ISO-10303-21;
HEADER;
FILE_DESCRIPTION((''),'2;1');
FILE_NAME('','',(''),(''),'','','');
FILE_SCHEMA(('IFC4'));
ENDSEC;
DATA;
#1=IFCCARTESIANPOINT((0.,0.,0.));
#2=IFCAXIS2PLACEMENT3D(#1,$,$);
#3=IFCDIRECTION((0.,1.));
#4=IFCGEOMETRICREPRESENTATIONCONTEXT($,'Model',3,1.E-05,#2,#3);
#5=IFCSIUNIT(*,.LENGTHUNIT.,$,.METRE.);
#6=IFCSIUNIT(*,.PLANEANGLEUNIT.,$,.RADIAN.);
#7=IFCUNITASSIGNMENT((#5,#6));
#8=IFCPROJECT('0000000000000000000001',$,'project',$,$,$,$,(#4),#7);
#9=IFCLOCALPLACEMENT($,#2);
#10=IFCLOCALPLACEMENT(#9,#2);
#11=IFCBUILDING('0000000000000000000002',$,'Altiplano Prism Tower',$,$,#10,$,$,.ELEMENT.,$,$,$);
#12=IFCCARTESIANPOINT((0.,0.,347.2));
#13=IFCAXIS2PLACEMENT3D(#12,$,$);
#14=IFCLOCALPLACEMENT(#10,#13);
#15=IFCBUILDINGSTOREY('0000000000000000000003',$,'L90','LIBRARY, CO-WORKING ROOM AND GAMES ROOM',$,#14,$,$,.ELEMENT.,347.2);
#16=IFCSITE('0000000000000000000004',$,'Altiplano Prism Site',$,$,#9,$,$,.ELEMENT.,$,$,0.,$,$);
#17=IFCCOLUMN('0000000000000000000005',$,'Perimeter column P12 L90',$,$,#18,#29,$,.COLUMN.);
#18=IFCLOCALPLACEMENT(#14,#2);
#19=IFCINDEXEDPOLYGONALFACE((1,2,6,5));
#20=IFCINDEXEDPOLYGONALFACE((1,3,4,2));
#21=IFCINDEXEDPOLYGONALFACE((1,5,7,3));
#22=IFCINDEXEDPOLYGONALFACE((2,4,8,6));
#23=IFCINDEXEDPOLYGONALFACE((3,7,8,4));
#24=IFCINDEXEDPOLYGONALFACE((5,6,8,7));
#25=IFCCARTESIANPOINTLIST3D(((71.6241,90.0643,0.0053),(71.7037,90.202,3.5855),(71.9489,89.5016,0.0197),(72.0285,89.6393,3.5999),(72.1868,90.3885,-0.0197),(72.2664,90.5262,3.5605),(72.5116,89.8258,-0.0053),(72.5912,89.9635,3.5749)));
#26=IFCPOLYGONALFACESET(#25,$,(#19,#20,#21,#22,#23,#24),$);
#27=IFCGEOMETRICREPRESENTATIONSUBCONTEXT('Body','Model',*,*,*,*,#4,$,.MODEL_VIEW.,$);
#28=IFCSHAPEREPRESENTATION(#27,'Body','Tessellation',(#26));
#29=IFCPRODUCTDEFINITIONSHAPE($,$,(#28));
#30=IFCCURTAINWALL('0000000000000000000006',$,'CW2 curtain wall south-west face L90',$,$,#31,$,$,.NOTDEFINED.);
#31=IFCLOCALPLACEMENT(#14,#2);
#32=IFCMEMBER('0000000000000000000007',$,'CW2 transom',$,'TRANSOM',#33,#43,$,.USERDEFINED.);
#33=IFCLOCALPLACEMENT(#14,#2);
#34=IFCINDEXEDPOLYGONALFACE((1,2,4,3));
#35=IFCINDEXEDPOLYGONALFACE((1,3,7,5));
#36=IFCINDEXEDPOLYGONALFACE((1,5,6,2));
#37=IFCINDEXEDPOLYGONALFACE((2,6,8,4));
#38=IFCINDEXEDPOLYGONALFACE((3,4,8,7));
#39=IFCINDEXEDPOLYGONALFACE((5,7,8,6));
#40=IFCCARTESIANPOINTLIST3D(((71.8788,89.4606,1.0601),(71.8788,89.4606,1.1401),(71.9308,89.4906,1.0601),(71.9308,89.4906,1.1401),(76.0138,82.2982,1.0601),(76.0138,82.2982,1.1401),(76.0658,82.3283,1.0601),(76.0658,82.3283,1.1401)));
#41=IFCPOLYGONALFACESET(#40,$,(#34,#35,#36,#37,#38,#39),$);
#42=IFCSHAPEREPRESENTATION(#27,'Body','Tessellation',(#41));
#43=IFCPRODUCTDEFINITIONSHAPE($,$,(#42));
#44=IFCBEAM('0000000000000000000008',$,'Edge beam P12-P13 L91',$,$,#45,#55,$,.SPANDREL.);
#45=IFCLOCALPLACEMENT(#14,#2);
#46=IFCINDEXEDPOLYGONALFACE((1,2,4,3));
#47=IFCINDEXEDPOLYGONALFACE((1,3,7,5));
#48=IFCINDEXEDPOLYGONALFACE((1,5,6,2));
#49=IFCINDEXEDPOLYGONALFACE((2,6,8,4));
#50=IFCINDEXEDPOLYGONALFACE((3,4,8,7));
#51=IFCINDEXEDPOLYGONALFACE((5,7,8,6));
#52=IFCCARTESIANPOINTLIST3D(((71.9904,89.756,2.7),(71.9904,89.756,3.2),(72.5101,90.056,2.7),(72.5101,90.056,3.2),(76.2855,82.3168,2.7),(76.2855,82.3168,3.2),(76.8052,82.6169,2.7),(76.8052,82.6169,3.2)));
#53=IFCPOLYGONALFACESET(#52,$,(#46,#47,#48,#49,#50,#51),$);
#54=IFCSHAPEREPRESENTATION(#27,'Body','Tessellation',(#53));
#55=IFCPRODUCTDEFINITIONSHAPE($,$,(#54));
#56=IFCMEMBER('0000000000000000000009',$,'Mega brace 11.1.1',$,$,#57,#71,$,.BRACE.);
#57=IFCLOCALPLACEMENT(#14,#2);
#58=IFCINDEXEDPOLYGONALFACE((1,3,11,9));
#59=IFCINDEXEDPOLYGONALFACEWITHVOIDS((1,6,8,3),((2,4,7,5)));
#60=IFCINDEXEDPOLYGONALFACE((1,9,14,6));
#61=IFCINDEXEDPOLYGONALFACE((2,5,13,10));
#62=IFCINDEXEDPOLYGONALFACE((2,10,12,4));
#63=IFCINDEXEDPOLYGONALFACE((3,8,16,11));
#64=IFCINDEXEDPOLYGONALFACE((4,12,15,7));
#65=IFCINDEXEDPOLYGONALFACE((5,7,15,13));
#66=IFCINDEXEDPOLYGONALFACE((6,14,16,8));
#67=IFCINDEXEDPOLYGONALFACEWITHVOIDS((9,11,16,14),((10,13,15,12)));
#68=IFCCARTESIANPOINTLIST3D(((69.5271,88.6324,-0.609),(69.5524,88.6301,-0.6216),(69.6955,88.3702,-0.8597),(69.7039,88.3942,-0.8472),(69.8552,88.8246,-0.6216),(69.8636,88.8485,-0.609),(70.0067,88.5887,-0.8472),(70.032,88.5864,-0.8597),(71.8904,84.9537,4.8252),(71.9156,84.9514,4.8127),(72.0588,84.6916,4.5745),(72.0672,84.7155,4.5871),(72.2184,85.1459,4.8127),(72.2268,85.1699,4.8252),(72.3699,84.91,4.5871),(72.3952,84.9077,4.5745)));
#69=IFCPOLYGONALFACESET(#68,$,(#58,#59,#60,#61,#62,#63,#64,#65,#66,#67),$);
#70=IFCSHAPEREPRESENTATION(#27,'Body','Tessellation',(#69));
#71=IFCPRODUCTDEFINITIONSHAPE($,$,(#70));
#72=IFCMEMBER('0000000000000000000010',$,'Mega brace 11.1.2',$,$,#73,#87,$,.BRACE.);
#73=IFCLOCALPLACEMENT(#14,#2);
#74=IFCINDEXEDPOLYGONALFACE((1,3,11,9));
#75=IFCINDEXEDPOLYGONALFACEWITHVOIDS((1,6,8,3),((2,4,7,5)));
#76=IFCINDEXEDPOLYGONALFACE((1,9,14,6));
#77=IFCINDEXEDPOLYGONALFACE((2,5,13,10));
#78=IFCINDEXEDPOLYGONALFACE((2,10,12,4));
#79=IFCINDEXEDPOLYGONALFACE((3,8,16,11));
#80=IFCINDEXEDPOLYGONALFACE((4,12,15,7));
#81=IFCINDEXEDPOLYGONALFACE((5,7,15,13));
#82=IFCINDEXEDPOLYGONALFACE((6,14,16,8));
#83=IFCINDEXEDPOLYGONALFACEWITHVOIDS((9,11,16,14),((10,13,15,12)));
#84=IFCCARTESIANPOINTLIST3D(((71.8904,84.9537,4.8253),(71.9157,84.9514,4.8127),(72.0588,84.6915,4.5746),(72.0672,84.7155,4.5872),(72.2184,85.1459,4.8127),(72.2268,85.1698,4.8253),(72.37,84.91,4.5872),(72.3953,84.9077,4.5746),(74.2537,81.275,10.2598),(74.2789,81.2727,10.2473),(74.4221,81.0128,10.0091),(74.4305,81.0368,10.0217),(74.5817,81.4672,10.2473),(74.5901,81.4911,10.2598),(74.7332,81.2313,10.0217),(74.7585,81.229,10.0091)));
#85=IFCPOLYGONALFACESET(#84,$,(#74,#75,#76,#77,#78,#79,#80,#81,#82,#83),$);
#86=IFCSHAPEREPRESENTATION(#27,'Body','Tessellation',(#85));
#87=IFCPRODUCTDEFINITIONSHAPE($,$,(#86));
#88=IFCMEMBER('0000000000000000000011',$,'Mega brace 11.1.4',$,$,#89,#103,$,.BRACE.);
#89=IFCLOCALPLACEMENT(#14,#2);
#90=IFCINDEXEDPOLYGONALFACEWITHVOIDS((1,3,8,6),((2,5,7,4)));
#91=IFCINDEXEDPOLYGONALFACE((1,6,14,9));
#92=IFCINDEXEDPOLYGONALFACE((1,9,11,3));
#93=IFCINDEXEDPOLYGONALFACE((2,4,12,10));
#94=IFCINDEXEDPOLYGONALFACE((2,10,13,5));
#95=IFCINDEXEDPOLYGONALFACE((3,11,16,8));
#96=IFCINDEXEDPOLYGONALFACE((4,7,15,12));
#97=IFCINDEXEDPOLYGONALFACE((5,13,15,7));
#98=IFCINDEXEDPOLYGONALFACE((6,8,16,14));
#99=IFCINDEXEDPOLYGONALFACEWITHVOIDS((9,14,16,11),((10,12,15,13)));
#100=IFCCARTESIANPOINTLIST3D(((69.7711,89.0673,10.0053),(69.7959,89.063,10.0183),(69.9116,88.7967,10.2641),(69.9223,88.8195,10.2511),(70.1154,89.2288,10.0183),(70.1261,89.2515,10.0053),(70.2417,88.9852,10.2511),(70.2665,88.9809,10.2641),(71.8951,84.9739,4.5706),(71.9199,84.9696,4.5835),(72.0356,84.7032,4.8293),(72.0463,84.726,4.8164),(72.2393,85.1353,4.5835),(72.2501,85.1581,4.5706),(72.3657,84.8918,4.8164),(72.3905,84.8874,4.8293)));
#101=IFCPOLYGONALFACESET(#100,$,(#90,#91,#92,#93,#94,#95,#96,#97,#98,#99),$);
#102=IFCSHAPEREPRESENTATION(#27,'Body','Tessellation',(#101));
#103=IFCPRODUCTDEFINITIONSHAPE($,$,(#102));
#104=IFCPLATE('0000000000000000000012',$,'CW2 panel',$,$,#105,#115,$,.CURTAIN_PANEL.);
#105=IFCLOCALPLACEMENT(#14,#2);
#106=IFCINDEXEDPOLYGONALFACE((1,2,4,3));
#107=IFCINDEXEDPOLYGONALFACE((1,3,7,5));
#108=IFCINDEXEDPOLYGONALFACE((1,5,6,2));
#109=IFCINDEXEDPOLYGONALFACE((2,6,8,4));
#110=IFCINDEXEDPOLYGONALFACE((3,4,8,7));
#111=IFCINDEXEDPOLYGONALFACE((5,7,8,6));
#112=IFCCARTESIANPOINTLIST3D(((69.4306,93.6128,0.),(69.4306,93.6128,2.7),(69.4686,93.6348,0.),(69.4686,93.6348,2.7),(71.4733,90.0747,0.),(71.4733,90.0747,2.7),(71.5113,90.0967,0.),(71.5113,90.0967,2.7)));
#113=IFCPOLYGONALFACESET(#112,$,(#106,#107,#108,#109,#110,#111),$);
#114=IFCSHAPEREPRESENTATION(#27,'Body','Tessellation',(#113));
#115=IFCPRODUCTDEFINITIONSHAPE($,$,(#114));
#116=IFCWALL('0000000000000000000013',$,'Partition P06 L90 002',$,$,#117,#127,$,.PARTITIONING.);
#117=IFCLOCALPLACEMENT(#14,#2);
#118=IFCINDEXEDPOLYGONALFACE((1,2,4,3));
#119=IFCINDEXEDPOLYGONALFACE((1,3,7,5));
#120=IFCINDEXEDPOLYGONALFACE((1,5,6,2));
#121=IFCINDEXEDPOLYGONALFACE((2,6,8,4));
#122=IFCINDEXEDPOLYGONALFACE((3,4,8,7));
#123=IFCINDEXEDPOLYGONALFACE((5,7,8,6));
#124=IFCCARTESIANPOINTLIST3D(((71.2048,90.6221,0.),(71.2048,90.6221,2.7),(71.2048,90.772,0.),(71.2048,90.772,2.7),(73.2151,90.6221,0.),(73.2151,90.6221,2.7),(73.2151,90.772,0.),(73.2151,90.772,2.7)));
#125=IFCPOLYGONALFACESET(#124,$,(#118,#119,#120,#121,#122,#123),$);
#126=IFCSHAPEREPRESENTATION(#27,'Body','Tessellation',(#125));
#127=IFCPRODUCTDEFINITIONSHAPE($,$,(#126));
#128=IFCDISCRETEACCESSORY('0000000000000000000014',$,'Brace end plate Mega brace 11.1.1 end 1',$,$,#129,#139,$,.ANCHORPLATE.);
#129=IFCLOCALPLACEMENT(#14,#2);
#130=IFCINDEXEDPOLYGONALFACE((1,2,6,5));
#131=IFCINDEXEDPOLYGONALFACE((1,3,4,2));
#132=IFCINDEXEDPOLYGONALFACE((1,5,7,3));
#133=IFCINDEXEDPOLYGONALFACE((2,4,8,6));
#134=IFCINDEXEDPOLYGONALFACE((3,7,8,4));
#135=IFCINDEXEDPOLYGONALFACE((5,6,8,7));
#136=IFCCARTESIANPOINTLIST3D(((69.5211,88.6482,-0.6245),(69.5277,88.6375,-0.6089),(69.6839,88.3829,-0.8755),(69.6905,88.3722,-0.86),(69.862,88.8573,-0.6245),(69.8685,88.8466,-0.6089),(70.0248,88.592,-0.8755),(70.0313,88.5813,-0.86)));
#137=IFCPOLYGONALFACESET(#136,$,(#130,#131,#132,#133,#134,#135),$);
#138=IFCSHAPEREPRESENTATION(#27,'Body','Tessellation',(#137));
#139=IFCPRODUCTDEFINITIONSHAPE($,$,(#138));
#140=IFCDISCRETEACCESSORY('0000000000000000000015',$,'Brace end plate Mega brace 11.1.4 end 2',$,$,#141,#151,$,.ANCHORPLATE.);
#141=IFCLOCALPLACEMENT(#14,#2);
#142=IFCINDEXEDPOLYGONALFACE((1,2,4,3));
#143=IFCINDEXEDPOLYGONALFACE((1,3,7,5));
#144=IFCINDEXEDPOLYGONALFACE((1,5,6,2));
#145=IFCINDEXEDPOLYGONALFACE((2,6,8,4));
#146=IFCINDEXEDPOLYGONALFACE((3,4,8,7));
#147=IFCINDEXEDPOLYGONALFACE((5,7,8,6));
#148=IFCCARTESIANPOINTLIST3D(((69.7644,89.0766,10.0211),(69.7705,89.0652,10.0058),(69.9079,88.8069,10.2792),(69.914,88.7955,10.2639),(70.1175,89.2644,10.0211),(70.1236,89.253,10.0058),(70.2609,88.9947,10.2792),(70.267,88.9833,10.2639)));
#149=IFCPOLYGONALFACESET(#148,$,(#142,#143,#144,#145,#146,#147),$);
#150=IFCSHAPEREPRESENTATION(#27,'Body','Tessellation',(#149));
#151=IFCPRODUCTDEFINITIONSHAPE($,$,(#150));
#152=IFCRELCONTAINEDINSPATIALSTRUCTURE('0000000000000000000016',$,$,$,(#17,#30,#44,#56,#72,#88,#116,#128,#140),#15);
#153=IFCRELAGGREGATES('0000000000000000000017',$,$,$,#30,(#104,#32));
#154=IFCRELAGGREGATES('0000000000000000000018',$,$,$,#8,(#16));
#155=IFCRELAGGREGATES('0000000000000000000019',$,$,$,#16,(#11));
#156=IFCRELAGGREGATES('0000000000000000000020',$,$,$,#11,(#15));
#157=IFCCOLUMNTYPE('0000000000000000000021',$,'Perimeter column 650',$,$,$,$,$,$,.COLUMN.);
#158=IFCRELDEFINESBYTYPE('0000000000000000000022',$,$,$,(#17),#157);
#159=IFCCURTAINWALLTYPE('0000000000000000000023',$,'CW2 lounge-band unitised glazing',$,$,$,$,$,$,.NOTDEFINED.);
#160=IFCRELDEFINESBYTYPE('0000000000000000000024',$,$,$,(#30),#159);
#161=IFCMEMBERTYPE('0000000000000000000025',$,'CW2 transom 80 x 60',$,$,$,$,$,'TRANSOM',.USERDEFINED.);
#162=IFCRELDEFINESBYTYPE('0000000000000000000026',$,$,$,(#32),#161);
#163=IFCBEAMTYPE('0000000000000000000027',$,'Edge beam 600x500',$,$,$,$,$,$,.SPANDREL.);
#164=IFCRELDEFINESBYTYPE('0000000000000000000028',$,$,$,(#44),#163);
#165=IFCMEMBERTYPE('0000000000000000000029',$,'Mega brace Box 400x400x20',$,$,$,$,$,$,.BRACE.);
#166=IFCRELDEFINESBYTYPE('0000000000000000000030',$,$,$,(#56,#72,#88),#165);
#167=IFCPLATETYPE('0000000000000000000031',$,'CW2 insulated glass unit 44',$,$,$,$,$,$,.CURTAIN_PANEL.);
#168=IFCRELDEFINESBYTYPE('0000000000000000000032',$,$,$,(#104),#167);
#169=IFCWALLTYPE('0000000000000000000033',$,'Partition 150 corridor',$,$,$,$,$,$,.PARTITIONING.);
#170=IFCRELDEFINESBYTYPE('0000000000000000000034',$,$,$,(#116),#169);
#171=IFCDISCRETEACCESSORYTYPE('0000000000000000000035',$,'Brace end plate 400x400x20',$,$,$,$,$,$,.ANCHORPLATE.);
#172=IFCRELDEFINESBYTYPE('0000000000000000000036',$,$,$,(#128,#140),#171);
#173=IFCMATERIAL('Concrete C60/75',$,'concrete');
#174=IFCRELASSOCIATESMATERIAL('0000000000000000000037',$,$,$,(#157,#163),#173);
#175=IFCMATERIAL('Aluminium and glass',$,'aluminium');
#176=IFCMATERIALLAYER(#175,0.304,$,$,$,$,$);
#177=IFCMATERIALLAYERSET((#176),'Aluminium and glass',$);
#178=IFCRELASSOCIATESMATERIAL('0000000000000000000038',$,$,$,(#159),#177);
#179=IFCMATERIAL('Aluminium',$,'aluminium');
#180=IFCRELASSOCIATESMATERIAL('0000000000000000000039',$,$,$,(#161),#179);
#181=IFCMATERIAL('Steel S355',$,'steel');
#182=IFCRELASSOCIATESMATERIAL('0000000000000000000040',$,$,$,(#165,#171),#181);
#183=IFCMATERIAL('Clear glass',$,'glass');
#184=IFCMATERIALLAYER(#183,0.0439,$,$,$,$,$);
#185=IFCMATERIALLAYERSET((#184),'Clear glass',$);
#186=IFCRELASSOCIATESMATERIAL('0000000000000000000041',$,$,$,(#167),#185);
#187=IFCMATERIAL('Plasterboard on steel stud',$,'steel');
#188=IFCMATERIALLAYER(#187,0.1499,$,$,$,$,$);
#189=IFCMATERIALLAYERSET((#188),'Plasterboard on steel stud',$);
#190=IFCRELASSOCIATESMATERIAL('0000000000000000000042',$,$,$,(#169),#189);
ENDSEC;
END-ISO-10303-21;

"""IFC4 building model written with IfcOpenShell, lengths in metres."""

from ifc_helpers import new_model, si_unit, direction, frame, frame_2d, origin, origin_2d, place, context, subcontext, project, spatial, rectangle, hollow_rectangle, extrude, material, layer, layer_set, material_profile, profile_set, type_object, element, aggregate, save


model = new_model("IFC4")

# Units and contexts
model_context = context("Model", 3, precision=1e-05, world=origin(), true_north=direction((0.0, 1.0)))
body_context = subcontext(model_context, "Body", "Model", "MODEL_VIEW")
ifc_project = project(units=[si_unit("LENGTHUNIT", "METRE"), si_unit("PLANEANGLEUNIT", "RADIAN")], contexts=[model_context])

# Site, building, storey
site_placement = place(None, origin())
site = spatial("IfcSite", under=ifc_project, at=site_placement, Name="Altiplano Prism Site", CompositionType="ELEMENT", RefElevation=0.0)
building_placement = place(site_placement, origin())
building = spatial("IfcBuilding", under=site, at=building_placement, Name="Altiplano Prism Tower", CompositionType="ELEMENT")
storey_placement = place(building_placement, frame((0.0, 0.0, 347.2)))
storey = spatial("IfcBuildingStorey", under=building, at=storey_placement, Name="L90", Description="LIBRARY, CO-WORKING ROOM AND GAMES ROOM", CompositionType="ELEMENT", Elevation=347.2)

# Column
ifc_material_1 = material(Name="Concrete C60/75", Category="concrete")
ifc_material_profile_1 = material_profile(ifc_material_1, rectangle(XDim=0.6499, YDim=0.6499, at=origin_2d()), Name="Perimeter column 650")
ifc_profile_set_1 = profile_set([ifc_material_profile_1], Name="Concrete C60/75")
column_type = type_object("IfcColumnType", Name="Perimeter column 650", PredefinedType="COLUMN", material=ifc_profile_set_1)
column_placement = place(storey_placement, frame((72.0679, 89.9451, 0.0), z_axis=(0.022208, 0.038421, 0.999015), x_axis=(-0.865843, -0.498837, 0.038432)))
element("IfcColumn", 1, at=column_placement, inside=storey, type_object=column_type, Name="Perimeter column P12 L90", PredefinedType="COLUMN", context=body_context, shape_type="SweptSolid", body=[
    extrude(rectangle(XDim=0.6499, YDim=0.6499, at=origin_2d()), origin(), (0.0, 0.0, 1.0), 3.5837),
])

# Curtain wall, member
ifc_material_2 = material(Name="Aluminium and glass", Category="aluminium")
ifc_layer_1 = layer(ifc_material_2, 0.304)
ifc_layer_set_1 = layer_set([ifc_layer_1], Name="Aluminium and glass")
curtain_wall_type = type_object("IfcCurtainWallType", Name="CW2 lounge-band unitised glazing", PredefinedType="NOTDEFINED", material=ifc_layer_set_1)
curtain_wall_placement = place(storey_placement, origin())
curtain_wall = element("IfcCurtainWall", 2, at=curtain_wall_placement, inside=storey, type_object=curtain_wall_type, Name="CW2 curtain wall south-west face L90", PredefinedType="NOTDEFINED")
ifc_material_3 = material(Name="Aluminium", Category="aluminium")
ifc_material_profile_2 = material_profile(ifc_material_3, rectangle(XDim=0.0601, YDim=0.0801, at=origin_2d()), Name="CW2 transom 80 x 60")
ifc_profile_set_2 = profile_set([ifc_material_profile_2], Name="Aluminium")
member_type_1 = type_object("IfcMemberType", Name="CW2 transom 80 x 60", ElementType="TRANSOM", PredefinedType="USERDEFINED", material=ifc_profile_set_2)
member_1_placement = place(storey_placement, frame((71.9048, 89.4756, 1.1001), z_axis=(0.499984, -0.866035, 0.0), x_axis=(0.866035, 0.499984, 0.0)))
member_1 = element("IfcMember", 3, at=member_1_placement, type_object=member_type_1, Name="CW2 transom", ObjectType="TRANSOM", PredefinedType="USERDEFINED", context=body_context, shape_type="SweptSolid", body=[
    extrude(rectangle(XDim=0.0601, YDim=0.0801, at=origin_2d()), origin(), (0.0, 0.0, 1.0), 8.2703),
])

# Beam
ifc_material_profile_3 = material_profile(ifc_material_1, rectangle(XDim=0.6001, YDim=0.5, at=origin_2d()), Name="Edge beam 600x500")
ifc_profile_set_3 = profile_set([ifc_material_profile_3], Name="Concrete C60/75")
beam_type = type_object("IfcBeamType", Name="Edge beam 600x500", PredefinedType="SPANDREL", material=ifc_profile_set_3)
beam_placement = place(storey_placement, frame((72.2502, 89.906, 2.95), z_axis=(0.500012, -0.866019, 0.0), x_axis=(0.866019, 0.500012, 0.0)))
element("IfcBeam", 4, at=beam_placement, inside=storey, type_object=beam_type, Name="Edge beam P12-P13 L91", PredefinedType="SPANDREL", context=body_context, shape_type="SweptSolid", body=[
    extrude(rectangle(XDim=0.6001, YDim=0.5, at=origin_2d()), origin(), (0.0, 0.0, 1.0), 8.5901),
])

# Members
ifc_material_4 = material(Name="Steel S355", Category="steel")
ifc_material_profile_4 = material_profile(ifc_material_4, hollow_rectangle(XDim=0.3999, YDim=0.3999, WallThickness=0.02, at=origin_2d()), Name="Mega brace Box 400x400x20")
ifc_profile_set_4 = profile_set([ifc_material_profile_4], Name="Steel S355")
member_type_2 = type_object("IfcMemberType", Name="Mega brace Box 400x400x20", PredefinedType="BRACE", material=ifc_profile_set_4)
member_2_placement = place(storey_placement, frame((69.7795, 88.6094, -0.7344), z_axis=(0.338824, -0.527418, 0.779121), x_axis=(0.841345, 0.540498, 0.0)))
element("IfcMember", 5, at=member_2_placement, inside=storey, type_object=member_type_2, Name="Mega brace 11.1.1", PredefinedType="BRACE", context=body_context, shape_type="SweptSolid", body=[
    extrude(hollow_rectangle(XDim=0.3999, YDim=0.3999, WallThickness=0.02, at=origin_2d()), origin(), (0.0, 0.0, 1.0), 6.9749),
])
member_3_placement = place(storey_placement, frame((72.1428, 84.9307, 4.7), z_axis=(0.338815, -0.527403, 0.779134), x_axis=(0.841345, 0.540498, 0.0)))
element("IfcMember", 6, at=member_3_placement, inside=storey, type_object=member_type_2, Name="Mega brace 11.1.2", PredefinedType="BRACE", context=body_context, shape_type="SweptSolid", body=[
    extrude(hollow_rectangle(XDim=0.3999, YDim=0.3999, WallThickness=0.02, at=origin_2d()), origin(), (0.0, 0.0, 1.0), 6.9751),
])
member_4_placement = place(storey_placement, frame((72.1428, 84.9307, 4.7), z_axis=(-0.297992, 0.574302, 0.762482), x_axis=(-0.887625, -0.460567, 0.0)))
element("IfcMember", 7, at=member_4_placement, inside=storey, type_object=member_type_2, Name="Mega brace 11.1.4", PredefinedType="BRACE", context=body_context, shape_type="SweptSolid", body=[
    extrude(hollow_rectangle(XDim=0.3999, YDim=0.3999, WallThickness=0.02, at=origin_2d()), origin(), (0.0, 0.0, 1.0), 7.1277),
])

# Plate
ifc_material_5 = material(Name="Clear glass", Category="glass")
ifc_layer_2 = layer(ifc_material_5, 0.0439)
ifc_layer_set_2 = layer_set([ifc_layer_2], Name="Clear glass")
plate_type = type_object("IfcPlateType", Name="CW2 insulated glass unit 44", PredefinedType="CURTAIN_PANEL", material=ifc_layer_set_2)
plate_placement = place(storey_placement, frame((70.4709, 91.8547, 0.0), z_axis=(0.0, 0.0, 1.0), x_axis=(0.5, -0.866025, 0.0)))
plate = element("IfcPlate", 8, at=plate_placement, type_object=plate_type, Name="CW2 panel", PredefinedType="CURTAIN_PANEL", context=body_context, shape_type="SweptSolid", body=[
    extrude(rectangle(XDim=4.0854, YDim=0.0439, at=origin_2d()), origin(), (0.0, 0.0, 1.0), 2.7),
])
aggregate(curtain_wall, [plate, member_1])

# Wall
ifc_material_6 = material(Name="Plasterboard on steel stud", Category="steel")
ifc_layer_3 = layer(ifc_material_6, 0.1499)
ifc_layer_set_3 = layer_set([ifc_layer_3], Name="Plasterboard on steel stud")
wall_type = type_object("IfcWallType", Name="Partition 150 corridor", PredefinedType="PARTITIONING", material=ifc_layer_set_3)
wall_placement = place(storey_placement, frame((71.2048, 90.697, 0.0), z_axis=(0.0, 0.0, 1.0), x_axis=(1.0, 0.0, 0.0)))
element("IfcWall", 9, at=wall_placement, inside=storey, type_object=wall_type, Name="Partition P06 L90 002", PredefinedType="PARTITIONING", context=body_context, shape_type="SweptSolid", body=[
    extrude(rectangle(XDim=2.0103, YDim=0.1499, at=frame_2d((1.0051, 0.0))), origin(), (0.0, 0.0, 1.0), 2.7),
])

# Discrete accessories
ifc_material_profile_5 = material_profile(ifc_material_4, rectangle(XDim=0.3999, YDim=0.3999, at=origin_2d()), Name="Brace end plate 400x400x20")
ifc_profile_set_5 = profile_set([ifc_material_profile_5], Name="Steel S355")
discrete_accessory_type = type_object("IfcDiscreteAccessoryType", Name="Brace end plate 400x400x20", PredefinedType="ANCHORPLATE", material=ifc_profile_set_5)
for number, where, z_axis, x_axis, name in (
    (10, (69.7729, 88.6201, -0.75), (0.328366, -0.535115, 0.778349), (0.852323, 0.523016, 0.0), "Brace end plate Mega brace 11.1.1 end 1"),
    (11, (70.0127, 89.0356, 10.1501), (0.303103, -0.569833, -0.763819), (0.882872, 0.469613, 0.0), "Brace end plate Mega brace 11.1.4 end 2"),
):
    element("IfcDiscreteAccessory", number, at=place(storey_placement, frame(where, z_axis=z_axis, x_axis=x_axis)), inside=storey, type_object=discrete_accessory_type, Name=name, PredefinedType="ANCHORPLATE", context=body_context, shape_type="SweptSolid", body=[
        extrude(rectangle(XDim=0.3999, YDim=0.3999, at=origin_2d()), origin(), (0.0, 0.0, 1.0), 0.02),
    ])

save(model, "model.ifc")
